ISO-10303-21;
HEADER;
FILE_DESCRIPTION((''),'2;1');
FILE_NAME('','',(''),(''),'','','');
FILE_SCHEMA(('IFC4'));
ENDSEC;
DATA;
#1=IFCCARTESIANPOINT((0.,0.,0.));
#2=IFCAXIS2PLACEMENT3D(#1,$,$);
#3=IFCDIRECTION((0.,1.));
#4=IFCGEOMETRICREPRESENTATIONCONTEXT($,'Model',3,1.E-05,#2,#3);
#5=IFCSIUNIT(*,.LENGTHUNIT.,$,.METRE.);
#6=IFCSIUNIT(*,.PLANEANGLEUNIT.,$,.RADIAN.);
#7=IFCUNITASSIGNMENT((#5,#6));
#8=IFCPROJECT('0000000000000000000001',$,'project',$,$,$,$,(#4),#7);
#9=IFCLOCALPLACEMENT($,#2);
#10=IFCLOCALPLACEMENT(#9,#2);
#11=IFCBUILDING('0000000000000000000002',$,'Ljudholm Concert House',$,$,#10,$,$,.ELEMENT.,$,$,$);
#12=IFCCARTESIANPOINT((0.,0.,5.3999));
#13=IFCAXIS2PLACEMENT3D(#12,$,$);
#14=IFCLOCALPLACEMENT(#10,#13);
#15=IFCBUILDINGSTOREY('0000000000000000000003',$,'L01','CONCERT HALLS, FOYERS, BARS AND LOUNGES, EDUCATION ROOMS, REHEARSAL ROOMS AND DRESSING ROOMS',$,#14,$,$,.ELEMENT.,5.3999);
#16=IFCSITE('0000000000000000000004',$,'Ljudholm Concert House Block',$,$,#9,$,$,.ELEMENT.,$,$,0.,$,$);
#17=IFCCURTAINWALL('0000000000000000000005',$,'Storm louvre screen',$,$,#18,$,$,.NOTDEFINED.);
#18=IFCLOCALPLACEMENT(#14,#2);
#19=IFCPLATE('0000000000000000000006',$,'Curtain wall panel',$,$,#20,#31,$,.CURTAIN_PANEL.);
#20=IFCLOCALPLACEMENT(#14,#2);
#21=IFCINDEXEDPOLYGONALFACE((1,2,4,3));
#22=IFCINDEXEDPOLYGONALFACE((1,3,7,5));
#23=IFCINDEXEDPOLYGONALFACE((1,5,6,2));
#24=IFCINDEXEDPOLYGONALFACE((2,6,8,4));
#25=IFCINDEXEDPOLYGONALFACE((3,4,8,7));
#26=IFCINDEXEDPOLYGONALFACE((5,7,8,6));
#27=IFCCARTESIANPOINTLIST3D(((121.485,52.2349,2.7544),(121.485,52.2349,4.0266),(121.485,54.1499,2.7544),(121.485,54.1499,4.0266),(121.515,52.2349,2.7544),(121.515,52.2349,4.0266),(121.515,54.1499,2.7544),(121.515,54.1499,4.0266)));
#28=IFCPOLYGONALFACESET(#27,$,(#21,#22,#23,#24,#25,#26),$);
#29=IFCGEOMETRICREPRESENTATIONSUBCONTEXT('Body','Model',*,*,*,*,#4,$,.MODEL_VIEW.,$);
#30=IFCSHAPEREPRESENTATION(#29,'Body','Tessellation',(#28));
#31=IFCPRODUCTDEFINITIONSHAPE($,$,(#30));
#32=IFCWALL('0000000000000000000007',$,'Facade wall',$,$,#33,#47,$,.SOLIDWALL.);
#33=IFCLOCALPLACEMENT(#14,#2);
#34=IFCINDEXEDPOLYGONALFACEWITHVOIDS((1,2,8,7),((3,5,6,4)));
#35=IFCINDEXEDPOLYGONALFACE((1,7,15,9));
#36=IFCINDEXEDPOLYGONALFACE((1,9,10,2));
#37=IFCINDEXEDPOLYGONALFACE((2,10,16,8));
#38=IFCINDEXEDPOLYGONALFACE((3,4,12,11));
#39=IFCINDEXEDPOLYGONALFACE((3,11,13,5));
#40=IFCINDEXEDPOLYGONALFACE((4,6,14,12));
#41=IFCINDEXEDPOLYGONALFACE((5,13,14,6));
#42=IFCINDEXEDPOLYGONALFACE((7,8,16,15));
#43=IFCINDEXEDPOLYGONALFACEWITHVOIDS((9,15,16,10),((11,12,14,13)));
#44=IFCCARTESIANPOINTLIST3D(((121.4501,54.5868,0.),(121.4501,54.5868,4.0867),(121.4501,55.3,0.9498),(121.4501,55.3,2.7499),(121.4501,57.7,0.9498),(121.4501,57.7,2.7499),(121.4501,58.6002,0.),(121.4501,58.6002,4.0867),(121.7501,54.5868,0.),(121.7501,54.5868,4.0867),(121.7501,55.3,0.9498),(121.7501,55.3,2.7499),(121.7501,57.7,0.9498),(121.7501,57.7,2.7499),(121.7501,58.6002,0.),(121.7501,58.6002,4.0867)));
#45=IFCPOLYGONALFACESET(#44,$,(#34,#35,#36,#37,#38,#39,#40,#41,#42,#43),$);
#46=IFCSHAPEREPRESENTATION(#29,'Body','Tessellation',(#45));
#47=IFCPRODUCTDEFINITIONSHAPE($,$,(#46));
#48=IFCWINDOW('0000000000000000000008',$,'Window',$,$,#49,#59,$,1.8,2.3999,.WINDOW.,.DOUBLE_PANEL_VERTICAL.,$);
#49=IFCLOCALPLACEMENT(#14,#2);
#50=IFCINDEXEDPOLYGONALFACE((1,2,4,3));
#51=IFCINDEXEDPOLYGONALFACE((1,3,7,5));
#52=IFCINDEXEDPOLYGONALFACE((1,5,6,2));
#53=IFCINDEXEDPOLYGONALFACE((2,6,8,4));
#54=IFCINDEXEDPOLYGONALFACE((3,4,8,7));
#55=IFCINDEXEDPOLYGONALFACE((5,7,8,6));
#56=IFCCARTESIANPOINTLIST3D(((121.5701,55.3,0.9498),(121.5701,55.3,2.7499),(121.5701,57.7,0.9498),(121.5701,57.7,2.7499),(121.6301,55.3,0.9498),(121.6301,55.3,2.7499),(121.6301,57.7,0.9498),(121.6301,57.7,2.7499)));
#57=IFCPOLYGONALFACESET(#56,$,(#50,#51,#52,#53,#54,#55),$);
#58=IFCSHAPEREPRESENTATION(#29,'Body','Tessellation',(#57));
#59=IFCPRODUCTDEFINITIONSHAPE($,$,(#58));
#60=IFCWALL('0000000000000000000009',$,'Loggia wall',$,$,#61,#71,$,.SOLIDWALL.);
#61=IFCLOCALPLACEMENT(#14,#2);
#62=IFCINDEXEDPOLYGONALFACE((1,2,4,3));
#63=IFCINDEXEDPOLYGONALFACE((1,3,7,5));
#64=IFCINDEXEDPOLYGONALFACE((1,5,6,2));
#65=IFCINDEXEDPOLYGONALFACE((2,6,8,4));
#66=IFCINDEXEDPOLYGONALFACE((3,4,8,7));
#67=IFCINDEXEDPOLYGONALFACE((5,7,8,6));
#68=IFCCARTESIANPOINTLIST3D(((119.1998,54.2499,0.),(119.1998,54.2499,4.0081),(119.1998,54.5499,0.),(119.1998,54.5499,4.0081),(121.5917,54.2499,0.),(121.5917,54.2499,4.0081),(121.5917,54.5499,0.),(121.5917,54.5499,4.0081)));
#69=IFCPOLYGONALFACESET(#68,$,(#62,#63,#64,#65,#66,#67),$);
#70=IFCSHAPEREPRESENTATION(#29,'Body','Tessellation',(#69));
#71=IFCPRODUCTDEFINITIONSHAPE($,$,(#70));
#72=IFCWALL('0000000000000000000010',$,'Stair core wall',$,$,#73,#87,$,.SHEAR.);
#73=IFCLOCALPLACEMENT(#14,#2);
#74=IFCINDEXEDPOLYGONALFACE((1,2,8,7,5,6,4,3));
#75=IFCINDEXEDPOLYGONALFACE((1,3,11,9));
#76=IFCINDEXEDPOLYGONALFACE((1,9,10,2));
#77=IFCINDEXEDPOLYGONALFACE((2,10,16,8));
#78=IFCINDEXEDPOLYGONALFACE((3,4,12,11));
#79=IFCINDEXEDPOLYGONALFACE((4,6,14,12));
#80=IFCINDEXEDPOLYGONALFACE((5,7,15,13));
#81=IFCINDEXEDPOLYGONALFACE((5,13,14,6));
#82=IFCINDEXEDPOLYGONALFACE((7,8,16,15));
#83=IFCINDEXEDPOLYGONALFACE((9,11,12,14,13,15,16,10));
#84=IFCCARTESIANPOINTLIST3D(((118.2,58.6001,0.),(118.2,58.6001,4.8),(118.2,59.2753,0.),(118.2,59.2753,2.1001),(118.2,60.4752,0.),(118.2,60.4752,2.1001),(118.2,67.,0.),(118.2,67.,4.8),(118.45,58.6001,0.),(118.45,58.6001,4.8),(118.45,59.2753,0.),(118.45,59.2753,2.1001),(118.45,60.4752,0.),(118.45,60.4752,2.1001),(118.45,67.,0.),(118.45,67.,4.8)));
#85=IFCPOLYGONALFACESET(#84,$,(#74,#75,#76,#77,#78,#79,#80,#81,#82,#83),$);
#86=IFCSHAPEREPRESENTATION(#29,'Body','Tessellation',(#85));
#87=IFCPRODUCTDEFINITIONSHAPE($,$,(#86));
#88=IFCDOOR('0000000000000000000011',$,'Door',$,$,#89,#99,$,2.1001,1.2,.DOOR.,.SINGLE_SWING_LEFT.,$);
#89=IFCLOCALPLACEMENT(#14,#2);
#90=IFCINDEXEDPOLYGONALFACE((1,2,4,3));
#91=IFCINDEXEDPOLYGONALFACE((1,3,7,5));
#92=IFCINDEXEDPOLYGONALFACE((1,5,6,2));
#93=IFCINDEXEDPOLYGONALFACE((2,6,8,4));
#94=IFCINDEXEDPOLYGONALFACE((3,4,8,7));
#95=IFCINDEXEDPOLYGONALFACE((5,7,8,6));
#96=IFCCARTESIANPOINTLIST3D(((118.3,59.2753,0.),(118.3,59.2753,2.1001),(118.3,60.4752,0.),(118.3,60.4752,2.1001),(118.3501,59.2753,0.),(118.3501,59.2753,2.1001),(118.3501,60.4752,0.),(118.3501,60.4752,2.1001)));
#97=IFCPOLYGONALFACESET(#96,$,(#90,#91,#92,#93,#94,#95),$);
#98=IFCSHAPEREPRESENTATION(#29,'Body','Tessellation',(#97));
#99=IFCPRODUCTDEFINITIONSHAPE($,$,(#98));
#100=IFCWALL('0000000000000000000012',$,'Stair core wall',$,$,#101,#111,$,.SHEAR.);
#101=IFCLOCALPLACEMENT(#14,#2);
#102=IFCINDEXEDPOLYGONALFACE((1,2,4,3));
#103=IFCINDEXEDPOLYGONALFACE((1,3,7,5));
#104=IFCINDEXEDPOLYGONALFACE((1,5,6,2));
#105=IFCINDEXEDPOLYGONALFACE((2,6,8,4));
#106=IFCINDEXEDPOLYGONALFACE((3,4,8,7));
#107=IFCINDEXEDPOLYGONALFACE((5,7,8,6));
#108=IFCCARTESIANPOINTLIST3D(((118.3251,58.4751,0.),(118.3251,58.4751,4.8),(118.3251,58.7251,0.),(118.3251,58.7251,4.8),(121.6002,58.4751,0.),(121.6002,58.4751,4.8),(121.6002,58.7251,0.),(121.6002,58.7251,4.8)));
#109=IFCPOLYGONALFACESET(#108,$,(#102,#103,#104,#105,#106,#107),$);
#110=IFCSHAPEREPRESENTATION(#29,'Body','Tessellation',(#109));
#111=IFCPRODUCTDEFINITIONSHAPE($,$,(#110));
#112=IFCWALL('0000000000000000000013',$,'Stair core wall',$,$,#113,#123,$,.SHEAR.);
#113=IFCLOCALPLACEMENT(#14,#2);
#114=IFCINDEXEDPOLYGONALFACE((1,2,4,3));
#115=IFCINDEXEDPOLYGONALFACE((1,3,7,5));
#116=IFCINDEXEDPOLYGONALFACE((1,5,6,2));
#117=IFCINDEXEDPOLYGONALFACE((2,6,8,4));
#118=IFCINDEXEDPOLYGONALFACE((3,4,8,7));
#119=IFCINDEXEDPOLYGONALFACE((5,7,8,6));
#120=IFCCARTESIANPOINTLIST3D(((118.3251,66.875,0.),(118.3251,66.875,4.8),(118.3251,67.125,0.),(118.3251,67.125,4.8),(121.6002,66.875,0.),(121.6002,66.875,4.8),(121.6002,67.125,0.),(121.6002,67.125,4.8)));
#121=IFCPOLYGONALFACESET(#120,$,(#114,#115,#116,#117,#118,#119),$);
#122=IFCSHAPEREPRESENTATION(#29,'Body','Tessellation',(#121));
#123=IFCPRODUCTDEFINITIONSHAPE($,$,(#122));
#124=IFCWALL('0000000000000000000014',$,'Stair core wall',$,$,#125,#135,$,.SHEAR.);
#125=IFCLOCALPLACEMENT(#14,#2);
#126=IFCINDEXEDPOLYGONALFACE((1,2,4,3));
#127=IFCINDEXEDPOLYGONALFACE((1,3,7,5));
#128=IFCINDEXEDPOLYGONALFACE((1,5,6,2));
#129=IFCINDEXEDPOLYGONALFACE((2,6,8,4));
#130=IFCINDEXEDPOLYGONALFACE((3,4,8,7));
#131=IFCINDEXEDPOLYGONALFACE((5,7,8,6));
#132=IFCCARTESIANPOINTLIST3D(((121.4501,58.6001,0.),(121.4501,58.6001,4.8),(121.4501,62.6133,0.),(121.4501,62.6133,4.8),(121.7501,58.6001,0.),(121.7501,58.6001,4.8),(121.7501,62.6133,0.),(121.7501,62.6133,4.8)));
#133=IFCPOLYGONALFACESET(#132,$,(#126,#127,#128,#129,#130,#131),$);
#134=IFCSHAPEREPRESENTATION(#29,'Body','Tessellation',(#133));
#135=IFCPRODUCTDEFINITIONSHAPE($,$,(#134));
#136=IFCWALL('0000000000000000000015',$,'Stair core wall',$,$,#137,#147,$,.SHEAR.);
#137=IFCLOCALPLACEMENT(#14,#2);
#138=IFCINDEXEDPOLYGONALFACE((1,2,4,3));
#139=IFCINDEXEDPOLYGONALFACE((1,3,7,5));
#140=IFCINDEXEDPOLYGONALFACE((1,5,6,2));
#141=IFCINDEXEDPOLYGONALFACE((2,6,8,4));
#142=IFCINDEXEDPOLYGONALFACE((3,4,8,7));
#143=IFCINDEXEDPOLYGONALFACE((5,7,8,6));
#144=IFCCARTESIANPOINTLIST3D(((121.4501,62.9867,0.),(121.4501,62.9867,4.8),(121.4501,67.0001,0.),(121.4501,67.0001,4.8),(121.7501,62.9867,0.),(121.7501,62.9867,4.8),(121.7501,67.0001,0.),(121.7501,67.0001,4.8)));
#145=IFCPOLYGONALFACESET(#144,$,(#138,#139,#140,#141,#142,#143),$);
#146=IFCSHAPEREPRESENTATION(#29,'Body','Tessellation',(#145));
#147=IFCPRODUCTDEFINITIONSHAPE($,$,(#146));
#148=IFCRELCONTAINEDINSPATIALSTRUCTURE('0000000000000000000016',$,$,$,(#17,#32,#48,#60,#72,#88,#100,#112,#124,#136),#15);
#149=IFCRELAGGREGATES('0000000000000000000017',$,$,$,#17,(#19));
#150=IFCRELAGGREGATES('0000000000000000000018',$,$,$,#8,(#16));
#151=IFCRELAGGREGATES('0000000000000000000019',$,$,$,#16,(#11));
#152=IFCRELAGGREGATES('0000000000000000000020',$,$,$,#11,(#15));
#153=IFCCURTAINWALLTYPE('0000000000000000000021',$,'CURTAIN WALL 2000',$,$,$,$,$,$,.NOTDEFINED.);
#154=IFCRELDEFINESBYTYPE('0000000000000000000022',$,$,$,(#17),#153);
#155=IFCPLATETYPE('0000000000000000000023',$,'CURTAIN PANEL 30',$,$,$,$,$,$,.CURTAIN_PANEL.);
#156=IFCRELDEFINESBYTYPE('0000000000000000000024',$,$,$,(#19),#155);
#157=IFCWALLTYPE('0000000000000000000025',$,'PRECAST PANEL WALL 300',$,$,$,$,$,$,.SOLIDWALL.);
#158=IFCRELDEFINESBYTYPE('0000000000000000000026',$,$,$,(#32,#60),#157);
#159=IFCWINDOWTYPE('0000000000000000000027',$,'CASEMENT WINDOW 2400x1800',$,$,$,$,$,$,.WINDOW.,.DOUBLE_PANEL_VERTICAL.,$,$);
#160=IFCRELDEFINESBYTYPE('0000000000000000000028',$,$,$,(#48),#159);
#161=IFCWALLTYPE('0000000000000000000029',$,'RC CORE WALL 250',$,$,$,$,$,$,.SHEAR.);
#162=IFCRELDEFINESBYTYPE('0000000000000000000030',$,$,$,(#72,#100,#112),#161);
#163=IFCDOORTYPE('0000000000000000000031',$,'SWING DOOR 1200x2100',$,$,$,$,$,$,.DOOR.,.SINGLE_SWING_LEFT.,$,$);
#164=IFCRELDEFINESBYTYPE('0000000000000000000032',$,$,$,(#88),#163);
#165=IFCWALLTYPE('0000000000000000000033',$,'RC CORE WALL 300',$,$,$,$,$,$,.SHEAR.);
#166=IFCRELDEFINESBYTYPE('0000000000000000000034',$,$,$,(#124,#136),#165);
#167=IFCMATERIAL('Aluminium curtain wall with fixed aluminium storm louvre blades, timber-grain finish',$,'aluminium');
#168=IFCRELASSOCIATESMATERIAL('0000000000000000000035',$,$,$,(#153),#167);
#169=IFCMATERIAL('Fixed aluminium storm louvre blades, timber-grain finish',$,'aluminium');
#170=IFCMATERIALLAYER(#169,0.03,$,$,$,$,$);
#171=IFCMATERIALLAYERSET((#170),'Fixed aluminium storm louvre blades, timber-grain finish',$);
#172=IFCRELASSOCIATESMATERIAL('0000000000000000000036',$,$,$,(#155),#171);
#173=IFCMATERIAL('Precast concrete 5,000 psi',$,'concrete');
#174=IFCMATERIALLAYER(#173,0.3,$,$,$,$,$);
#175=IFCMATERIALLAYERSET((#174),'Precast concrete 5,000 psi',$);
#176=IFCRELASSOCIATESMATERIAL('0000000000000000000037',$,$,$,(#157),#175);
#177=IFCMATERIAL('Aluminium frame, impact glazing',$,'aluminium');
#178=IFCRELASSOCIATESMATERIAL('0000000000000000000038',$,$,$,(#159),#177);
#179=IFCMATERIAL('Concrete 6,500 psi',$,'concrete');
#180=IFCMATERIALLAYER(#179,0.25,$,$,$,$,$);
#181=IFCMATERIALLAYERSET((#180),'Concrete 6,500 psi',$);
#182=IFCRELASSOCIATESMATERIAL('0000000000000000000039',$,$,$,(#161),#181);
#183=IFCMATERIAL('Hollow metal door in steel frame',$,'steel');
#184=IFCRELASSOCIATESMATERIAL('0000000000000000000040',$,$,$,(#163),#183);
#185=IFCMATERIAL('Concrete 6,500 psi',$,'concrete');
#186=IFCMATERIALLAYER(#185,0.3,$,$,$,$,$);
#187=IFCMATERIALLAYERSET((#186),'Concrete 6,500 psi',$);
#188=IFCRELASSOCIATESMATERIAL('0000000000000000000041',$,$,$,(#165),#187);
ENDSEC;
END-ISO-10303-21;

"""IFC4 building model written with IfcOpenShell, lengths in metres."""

from ifc_helpers import new_model, si_unit, direction, frame, frame_2d, origin, origin_2d, place, context, subcontext, project, spatial, rectangle, extrude, material, layer, layer_set, type_object, element, fill, aggregate, save


model = new_model("IFC4")

# Units and contexts
model_context = context("Model", 3, precision=1e-05, world=origin(), true_north=direction((0.0, 1.0)))
body_context = subcontext(model_context, "Body", "Model", "MODEL_VIEW")
ifc_project = project(units=[si_unit("LENGTHUNIT", "METRE"), si_unit("PLANEANGLEUNIT", "RADIAN")], contexts=[model_context])

# Site, building, storey
site_placement = place(None, origin())
site = spatial("IfcSite", under=ifc_project, at=site_placement, Name="Ljudholm Concert House Block", CompositionType="ELEMENT", RefElevation=0.0)
building_placement = place(site_placement, origin())
building = spatial("IfcBuilding", under=site, at=building_placement, Name="Ljudholm Concert House", CompositionType="ELEMENT")
storey_placement = place(building_placement, frame((0.0, 0.0, 5.3999)))
storey = spatial("IfcBuildingStorey", under=building, at=storey_placement, Name="L01", Description="CONCERT HALLS, FOYERS, BARS AND LOUNGES, EDUCATION ROOMS, REHEARSAL ROOMS AND DRESSING ROOMS", CompositionType="ELEMENT", Elevation=5.3999)

# Curtain wall
ifc_material_1 = material(Name="Aluminium curtain wall with fixed aluminium storm louvre blades, timber-grain finish", Category="aluminium")
curtain_wall_type = type_object("IfcCurtainWallType", Name="CURTAIN WALL 2000", PredefinedType="NOTDEFINED", material=ifc_material_1)
curtain_wall_placement = place(storey_placement, origin())
curtain_wall = element("IfcCurtainWall", 1, at=curtain_wall_placement, inside=storey, type_object=curtain_wall_type, Name="Storm louvre screen", PredefinedType="NOTDEFINED")

# Plate
ifc_material_2 = material(Name="Fixed aluminium storm louvre blades, timber-grain finish", Category="aluminium")
ifc_layer_1 = layer(ifc_material_2, 0.03)
ifc_layer_set_1 = layer_set([ifc_layer_1], Name="Fixed aluminium storm louvre blades, timber-grain finish")
plate_type = type_object("IfcPlateType", Name="CURTAIN PANEL 30", PredefinedType="CURTAIN_PANEL", material=ifc_layer_set_1)
plate_placement = place(storey_placement, frame((121.5, 53.1924, 2.7544), z_axis=(0.0, 0.0, 1.0), x_axis=(0.0, 1.0, 0.0)))
plate = element("IfcPlate", 2, at=plate_placement, type_object=plate_type, Name="Curtain wall panel", PredefinedType="CURTAIN_PANEL", context=body_context, shape_type="SweptSolid", body=[
    extrude(rectangle(XDim=1.915, YDim=0.03, at=origin_2d()), origin(), (0.0, 0.0, 1.0), 1.2722),
])
aggregate(curtain_wall, [plate])

# Wall, opening, window
ifc_material_3 = material(Name="Precast concrete 5,000 psi", Category="concrete")
ifc_layer_2 = layer(ifc_material_3, 0.3)
ifc_layer_set_2 = layer_set([ifc_layer_2], Name="Precast concrete 5,000 psi")
wall_type_1 = type_object("IfcWallType", Name="PRECAST PANEL WALL 300", PredefinedType="SOLIDWALL", material=ifc_layer_set_2)
wall_1_placement = place(storey_placement, frame((121.6001, 54.5867, 0.0), z_axis=(0.0, 0.0, 1.0), x_axis=(0.0, 1.0, 0.0)))
wall_1 = element("IfcWall", 3, at=wall_1_placement, inside=storey, type_object=wall_type_1, Name="Facade wall", PredefinedType="SOLIDWALL", context=body_context, shape_type="SweptSolid", body=[
    extrude(rectangle(XDim=4.0134, YDim=0.3, at=frame_2d((2.0068, 0.0))), origin(), (0.0, 0.0, 1.0), 4.0867),
])
opening_1_placement = place(wall_1_placement, frame((0.7134, 0.0, 0.95)))
opening_1 = element("IfcOpeningElement", 4, at=opening_1_placement, cuts=wall_1, PredefinedType="OPENING", context=body_context, shape_type="SweptSolid", body=[
    extrude(rectangle(XDim=2.3999, YDim=1.8, at=frame_2d((1.2, 0.8999))), frame((0.0, 0.1599, 0.0), z_axis=(0.0, -1.0, 0.0), x_axis=(1.0, 0.0, 0.0)), (0.0, 0.0, 1.0), 0.3201),
])
ifc_material_4 = material(Name="Aluminium frame, impact glazing", Category="aluminium")
window_type = type_object("IfcWindowType", Name="CASEMENT WINDOW 2400x1800", PartitioningType="DOUBLE_PANEL_VERTICAL", PredefinedType="WINDOW", material=ifc_material_4)
window_placement = place(opening_1_placement, origin())
window = element("IfcWindow", 5, at=window_placement, inside=storey, type_object=window_type, Name="Window", OverallHeight=1.8, OverallWidth=2.3999, PartitioningType="DOUBLE_PANEL_VERTICAL", PredefinedType="WINDOW", context=body_context, shape_type="SweptSolid", body=[
    extrude(rectangle(XDim=2.3999, YDim=1.8, at=frame_2d((1.2, 0.8999))), frame((0.0, 0.03, 0.0), z_axis=(0.0, -1.0, 0.0), x_axis=(1.0, 0.0, 0.0)), (0.0, 0.0, 1.0), 0.0601),
])
fill(opening_1, window)

# Wall
wall_2_placement = place(storey_placement, frame((119.2, 54.3999, 0.0), z_axis=(0.0, 0.0, 1.0), x_axis=(1.0, 0.0, 0.0)))
element("IfcWall", 6, at=wall_2_placement, inside=storey, type_object=wall_type_1, Name="Loggia wall", PredefinedType="SOLIDWALL", context=body_context, shape_type="SweptSolid", body=[
    extrude(rectangle(XDim=2.3918, YDim=0.3, at=frame_2d((1.1958, 0.0))), origin(), (0.0, 0.0, 1.0), 4.0081),
])

# Wall, opening, door
ifc_material_5 = material(Name="Concrete 6,500 psi", Category="concrete")
ifc_layer_3 = layer(ifc_material_5, 0.25)
ifc_layer_set_3 = layer_set([ifc_layer_3], Name="Concrete 6,500 psi")
wall_type_2 = type_object("IfcWallType", Name="RC CORE WALL 250", PredefinedType="SHEAR", material=ifc_layer_set_3)
wall_3_placement = place(storey_placement, frame((118.325, 58.6001, 0.0), z_axis=(0.0, 0.0, 1.0), x_axis=(0.0, 1.0, 0.0)))
wall_3 = element("IfcWall", 7, at=wall_3_placement, inside=storey, type_object=wall_type_2, Name="Stair core wall", PredefinedType="SHEAR", context=body_context, shape_type="SweptSolid", body=[
    extrude(rectangle(XDim=8.3999, YDim=0.25, at=frame_2d((4.2, 0.0))), origin(), (0.0, 0.0, 1.0), 4.8),
])
opening_2_placement = place(wall_3_placement, frame((0.675, 0.0, 0.0)))
opening_2 = element("IfcOpeningElement", 8, at=opening_2_placement, cuts=wall_3, PredefinedType="OPENING", context=body_context, shape_type="SweptSolid", body=[
    extrude(rectangle(XDim=1.2, YDim=2.1001, at=frame_2d((0.6001, 1.05))), frame((0.0, 0.135, 0.0), z_axis=(0.0, -1.0, 0.0), x_axis=(1.0, 0.0, 0.0)), (0.0, 0.0, 1.0), 0.27),
])
ifc_material_6 = material(Name="Hollow metal door in steel frame", Category="steel")
door_type = type_object("IfcDoorType", Name="SWING DOOR 1200x2100", OperationType="SINGLE_SWING_LEFT", PredefinedType="DOOR", material=ifc_material_6)
door_placement = place(opening_2_placement, origin())
door = element("IfcDoor", 9, at=door_placement, inside=storey, type_object=door_type, Name="Door", OperationType="SINGLE_SWING_LEFT", OverallHeight=2.1001, OverallWidth=1.2, PredefinedType="DOOR", context=body_context, shape_type="SweptSolid", body=[
    extrude(rectangle(XDim=1.2, YDim=2.1001, at=frame_2d((0.6001, 1.05))), frame((0.0, 0.0249, 0.0), z_axis=(0.0, -1.0, 0.0), x_axis=(1.0, 0.0, 0.0)), (0.0, 0.0, 1.0), 0.05),
])
fill(opening_2, door)

# Walls
for number, where, z_axis, x_axis, name in (
    (10, (118.325, 58.6001, 0.0), (0.0, 0.0, 1.0), (1.0, 0.0, 0.0), "Stair core wall"),
    (11, (118.325, 67.0, 0.0), (0.0, 0.0, 1.0), (1.0, 0.0, 0.0), "Stair core wall"),
):
    element("IfcWall", number, at=place(storey_placement, frame(where, z_axis=z_axis, x_axis=x_axis)), inside=storey, type_object=wall_type_2, Name=name, PredefinedType="SHEAR", context=body_context, shape_type="SweptSolid", body=[
        extrude(rectangle(XDim=3.2751, YDim=0.25, at=frame_2d((1.6377, 0.0))), origin(), (0.0, 0.0, 1.0), 4.8),
    ])
ifc_material_7 = material(Name="Concrete 6,500 psi", Category="concrete")
ifc_layer_4 = layer(ifc_material_7, 0.3)
ifc_layer_set_4 = layer_set([ifc_layer_4], Name="Concrete 6,500 psi")
wall_type_3 = type_object("IfcWallType", Name="RC CORE WALL 300", PredefinedType="SHEAR", material=ifc_layer_set_4)
wall_4_placement = place(storey_placement, frame((121.6001, 58.6001, 0.0), z_axis=(0.0, 0.0, 1.0), x_axis=(0.0, 1.0, 0.0)))
element("IfcWall", 12, at=wall_4_placement, inside=storey, type_object=wall_type_3, Name="Stair core wall", PredefinedType="SHEAR", context=body_context, shape_type="SweptSolid", body=[
    extrude(rectangle(XDim=4.0132, YDim=0.3, at=frame_2d((2.0066, 0.0))), origin(), (0.0, 0.0, 1.0), 4.8),
])
wall_5_placement = place(storey_placement, frame((121.6001, 62.9866, 0.0), z_axis=(0.0, 0.0, 1.0), x_axis=(0.0, 1.0, 0.0)))
element("IfcWall", 13, at=wall_5_placement, inside=storey, type_object=wall_type_3, Name="Stair core wall", PredefinedType="SHEAR", context=body_context, shape_type="SweptSolid", body=[
    extrude(rectangle(XDim=4.0134, YDim=0.3, at=frame_2d((2.0068, 0.0))), origin(), (0.0, 0.0, 1.0), 4.8),
])

save(model, "model.ifc")
